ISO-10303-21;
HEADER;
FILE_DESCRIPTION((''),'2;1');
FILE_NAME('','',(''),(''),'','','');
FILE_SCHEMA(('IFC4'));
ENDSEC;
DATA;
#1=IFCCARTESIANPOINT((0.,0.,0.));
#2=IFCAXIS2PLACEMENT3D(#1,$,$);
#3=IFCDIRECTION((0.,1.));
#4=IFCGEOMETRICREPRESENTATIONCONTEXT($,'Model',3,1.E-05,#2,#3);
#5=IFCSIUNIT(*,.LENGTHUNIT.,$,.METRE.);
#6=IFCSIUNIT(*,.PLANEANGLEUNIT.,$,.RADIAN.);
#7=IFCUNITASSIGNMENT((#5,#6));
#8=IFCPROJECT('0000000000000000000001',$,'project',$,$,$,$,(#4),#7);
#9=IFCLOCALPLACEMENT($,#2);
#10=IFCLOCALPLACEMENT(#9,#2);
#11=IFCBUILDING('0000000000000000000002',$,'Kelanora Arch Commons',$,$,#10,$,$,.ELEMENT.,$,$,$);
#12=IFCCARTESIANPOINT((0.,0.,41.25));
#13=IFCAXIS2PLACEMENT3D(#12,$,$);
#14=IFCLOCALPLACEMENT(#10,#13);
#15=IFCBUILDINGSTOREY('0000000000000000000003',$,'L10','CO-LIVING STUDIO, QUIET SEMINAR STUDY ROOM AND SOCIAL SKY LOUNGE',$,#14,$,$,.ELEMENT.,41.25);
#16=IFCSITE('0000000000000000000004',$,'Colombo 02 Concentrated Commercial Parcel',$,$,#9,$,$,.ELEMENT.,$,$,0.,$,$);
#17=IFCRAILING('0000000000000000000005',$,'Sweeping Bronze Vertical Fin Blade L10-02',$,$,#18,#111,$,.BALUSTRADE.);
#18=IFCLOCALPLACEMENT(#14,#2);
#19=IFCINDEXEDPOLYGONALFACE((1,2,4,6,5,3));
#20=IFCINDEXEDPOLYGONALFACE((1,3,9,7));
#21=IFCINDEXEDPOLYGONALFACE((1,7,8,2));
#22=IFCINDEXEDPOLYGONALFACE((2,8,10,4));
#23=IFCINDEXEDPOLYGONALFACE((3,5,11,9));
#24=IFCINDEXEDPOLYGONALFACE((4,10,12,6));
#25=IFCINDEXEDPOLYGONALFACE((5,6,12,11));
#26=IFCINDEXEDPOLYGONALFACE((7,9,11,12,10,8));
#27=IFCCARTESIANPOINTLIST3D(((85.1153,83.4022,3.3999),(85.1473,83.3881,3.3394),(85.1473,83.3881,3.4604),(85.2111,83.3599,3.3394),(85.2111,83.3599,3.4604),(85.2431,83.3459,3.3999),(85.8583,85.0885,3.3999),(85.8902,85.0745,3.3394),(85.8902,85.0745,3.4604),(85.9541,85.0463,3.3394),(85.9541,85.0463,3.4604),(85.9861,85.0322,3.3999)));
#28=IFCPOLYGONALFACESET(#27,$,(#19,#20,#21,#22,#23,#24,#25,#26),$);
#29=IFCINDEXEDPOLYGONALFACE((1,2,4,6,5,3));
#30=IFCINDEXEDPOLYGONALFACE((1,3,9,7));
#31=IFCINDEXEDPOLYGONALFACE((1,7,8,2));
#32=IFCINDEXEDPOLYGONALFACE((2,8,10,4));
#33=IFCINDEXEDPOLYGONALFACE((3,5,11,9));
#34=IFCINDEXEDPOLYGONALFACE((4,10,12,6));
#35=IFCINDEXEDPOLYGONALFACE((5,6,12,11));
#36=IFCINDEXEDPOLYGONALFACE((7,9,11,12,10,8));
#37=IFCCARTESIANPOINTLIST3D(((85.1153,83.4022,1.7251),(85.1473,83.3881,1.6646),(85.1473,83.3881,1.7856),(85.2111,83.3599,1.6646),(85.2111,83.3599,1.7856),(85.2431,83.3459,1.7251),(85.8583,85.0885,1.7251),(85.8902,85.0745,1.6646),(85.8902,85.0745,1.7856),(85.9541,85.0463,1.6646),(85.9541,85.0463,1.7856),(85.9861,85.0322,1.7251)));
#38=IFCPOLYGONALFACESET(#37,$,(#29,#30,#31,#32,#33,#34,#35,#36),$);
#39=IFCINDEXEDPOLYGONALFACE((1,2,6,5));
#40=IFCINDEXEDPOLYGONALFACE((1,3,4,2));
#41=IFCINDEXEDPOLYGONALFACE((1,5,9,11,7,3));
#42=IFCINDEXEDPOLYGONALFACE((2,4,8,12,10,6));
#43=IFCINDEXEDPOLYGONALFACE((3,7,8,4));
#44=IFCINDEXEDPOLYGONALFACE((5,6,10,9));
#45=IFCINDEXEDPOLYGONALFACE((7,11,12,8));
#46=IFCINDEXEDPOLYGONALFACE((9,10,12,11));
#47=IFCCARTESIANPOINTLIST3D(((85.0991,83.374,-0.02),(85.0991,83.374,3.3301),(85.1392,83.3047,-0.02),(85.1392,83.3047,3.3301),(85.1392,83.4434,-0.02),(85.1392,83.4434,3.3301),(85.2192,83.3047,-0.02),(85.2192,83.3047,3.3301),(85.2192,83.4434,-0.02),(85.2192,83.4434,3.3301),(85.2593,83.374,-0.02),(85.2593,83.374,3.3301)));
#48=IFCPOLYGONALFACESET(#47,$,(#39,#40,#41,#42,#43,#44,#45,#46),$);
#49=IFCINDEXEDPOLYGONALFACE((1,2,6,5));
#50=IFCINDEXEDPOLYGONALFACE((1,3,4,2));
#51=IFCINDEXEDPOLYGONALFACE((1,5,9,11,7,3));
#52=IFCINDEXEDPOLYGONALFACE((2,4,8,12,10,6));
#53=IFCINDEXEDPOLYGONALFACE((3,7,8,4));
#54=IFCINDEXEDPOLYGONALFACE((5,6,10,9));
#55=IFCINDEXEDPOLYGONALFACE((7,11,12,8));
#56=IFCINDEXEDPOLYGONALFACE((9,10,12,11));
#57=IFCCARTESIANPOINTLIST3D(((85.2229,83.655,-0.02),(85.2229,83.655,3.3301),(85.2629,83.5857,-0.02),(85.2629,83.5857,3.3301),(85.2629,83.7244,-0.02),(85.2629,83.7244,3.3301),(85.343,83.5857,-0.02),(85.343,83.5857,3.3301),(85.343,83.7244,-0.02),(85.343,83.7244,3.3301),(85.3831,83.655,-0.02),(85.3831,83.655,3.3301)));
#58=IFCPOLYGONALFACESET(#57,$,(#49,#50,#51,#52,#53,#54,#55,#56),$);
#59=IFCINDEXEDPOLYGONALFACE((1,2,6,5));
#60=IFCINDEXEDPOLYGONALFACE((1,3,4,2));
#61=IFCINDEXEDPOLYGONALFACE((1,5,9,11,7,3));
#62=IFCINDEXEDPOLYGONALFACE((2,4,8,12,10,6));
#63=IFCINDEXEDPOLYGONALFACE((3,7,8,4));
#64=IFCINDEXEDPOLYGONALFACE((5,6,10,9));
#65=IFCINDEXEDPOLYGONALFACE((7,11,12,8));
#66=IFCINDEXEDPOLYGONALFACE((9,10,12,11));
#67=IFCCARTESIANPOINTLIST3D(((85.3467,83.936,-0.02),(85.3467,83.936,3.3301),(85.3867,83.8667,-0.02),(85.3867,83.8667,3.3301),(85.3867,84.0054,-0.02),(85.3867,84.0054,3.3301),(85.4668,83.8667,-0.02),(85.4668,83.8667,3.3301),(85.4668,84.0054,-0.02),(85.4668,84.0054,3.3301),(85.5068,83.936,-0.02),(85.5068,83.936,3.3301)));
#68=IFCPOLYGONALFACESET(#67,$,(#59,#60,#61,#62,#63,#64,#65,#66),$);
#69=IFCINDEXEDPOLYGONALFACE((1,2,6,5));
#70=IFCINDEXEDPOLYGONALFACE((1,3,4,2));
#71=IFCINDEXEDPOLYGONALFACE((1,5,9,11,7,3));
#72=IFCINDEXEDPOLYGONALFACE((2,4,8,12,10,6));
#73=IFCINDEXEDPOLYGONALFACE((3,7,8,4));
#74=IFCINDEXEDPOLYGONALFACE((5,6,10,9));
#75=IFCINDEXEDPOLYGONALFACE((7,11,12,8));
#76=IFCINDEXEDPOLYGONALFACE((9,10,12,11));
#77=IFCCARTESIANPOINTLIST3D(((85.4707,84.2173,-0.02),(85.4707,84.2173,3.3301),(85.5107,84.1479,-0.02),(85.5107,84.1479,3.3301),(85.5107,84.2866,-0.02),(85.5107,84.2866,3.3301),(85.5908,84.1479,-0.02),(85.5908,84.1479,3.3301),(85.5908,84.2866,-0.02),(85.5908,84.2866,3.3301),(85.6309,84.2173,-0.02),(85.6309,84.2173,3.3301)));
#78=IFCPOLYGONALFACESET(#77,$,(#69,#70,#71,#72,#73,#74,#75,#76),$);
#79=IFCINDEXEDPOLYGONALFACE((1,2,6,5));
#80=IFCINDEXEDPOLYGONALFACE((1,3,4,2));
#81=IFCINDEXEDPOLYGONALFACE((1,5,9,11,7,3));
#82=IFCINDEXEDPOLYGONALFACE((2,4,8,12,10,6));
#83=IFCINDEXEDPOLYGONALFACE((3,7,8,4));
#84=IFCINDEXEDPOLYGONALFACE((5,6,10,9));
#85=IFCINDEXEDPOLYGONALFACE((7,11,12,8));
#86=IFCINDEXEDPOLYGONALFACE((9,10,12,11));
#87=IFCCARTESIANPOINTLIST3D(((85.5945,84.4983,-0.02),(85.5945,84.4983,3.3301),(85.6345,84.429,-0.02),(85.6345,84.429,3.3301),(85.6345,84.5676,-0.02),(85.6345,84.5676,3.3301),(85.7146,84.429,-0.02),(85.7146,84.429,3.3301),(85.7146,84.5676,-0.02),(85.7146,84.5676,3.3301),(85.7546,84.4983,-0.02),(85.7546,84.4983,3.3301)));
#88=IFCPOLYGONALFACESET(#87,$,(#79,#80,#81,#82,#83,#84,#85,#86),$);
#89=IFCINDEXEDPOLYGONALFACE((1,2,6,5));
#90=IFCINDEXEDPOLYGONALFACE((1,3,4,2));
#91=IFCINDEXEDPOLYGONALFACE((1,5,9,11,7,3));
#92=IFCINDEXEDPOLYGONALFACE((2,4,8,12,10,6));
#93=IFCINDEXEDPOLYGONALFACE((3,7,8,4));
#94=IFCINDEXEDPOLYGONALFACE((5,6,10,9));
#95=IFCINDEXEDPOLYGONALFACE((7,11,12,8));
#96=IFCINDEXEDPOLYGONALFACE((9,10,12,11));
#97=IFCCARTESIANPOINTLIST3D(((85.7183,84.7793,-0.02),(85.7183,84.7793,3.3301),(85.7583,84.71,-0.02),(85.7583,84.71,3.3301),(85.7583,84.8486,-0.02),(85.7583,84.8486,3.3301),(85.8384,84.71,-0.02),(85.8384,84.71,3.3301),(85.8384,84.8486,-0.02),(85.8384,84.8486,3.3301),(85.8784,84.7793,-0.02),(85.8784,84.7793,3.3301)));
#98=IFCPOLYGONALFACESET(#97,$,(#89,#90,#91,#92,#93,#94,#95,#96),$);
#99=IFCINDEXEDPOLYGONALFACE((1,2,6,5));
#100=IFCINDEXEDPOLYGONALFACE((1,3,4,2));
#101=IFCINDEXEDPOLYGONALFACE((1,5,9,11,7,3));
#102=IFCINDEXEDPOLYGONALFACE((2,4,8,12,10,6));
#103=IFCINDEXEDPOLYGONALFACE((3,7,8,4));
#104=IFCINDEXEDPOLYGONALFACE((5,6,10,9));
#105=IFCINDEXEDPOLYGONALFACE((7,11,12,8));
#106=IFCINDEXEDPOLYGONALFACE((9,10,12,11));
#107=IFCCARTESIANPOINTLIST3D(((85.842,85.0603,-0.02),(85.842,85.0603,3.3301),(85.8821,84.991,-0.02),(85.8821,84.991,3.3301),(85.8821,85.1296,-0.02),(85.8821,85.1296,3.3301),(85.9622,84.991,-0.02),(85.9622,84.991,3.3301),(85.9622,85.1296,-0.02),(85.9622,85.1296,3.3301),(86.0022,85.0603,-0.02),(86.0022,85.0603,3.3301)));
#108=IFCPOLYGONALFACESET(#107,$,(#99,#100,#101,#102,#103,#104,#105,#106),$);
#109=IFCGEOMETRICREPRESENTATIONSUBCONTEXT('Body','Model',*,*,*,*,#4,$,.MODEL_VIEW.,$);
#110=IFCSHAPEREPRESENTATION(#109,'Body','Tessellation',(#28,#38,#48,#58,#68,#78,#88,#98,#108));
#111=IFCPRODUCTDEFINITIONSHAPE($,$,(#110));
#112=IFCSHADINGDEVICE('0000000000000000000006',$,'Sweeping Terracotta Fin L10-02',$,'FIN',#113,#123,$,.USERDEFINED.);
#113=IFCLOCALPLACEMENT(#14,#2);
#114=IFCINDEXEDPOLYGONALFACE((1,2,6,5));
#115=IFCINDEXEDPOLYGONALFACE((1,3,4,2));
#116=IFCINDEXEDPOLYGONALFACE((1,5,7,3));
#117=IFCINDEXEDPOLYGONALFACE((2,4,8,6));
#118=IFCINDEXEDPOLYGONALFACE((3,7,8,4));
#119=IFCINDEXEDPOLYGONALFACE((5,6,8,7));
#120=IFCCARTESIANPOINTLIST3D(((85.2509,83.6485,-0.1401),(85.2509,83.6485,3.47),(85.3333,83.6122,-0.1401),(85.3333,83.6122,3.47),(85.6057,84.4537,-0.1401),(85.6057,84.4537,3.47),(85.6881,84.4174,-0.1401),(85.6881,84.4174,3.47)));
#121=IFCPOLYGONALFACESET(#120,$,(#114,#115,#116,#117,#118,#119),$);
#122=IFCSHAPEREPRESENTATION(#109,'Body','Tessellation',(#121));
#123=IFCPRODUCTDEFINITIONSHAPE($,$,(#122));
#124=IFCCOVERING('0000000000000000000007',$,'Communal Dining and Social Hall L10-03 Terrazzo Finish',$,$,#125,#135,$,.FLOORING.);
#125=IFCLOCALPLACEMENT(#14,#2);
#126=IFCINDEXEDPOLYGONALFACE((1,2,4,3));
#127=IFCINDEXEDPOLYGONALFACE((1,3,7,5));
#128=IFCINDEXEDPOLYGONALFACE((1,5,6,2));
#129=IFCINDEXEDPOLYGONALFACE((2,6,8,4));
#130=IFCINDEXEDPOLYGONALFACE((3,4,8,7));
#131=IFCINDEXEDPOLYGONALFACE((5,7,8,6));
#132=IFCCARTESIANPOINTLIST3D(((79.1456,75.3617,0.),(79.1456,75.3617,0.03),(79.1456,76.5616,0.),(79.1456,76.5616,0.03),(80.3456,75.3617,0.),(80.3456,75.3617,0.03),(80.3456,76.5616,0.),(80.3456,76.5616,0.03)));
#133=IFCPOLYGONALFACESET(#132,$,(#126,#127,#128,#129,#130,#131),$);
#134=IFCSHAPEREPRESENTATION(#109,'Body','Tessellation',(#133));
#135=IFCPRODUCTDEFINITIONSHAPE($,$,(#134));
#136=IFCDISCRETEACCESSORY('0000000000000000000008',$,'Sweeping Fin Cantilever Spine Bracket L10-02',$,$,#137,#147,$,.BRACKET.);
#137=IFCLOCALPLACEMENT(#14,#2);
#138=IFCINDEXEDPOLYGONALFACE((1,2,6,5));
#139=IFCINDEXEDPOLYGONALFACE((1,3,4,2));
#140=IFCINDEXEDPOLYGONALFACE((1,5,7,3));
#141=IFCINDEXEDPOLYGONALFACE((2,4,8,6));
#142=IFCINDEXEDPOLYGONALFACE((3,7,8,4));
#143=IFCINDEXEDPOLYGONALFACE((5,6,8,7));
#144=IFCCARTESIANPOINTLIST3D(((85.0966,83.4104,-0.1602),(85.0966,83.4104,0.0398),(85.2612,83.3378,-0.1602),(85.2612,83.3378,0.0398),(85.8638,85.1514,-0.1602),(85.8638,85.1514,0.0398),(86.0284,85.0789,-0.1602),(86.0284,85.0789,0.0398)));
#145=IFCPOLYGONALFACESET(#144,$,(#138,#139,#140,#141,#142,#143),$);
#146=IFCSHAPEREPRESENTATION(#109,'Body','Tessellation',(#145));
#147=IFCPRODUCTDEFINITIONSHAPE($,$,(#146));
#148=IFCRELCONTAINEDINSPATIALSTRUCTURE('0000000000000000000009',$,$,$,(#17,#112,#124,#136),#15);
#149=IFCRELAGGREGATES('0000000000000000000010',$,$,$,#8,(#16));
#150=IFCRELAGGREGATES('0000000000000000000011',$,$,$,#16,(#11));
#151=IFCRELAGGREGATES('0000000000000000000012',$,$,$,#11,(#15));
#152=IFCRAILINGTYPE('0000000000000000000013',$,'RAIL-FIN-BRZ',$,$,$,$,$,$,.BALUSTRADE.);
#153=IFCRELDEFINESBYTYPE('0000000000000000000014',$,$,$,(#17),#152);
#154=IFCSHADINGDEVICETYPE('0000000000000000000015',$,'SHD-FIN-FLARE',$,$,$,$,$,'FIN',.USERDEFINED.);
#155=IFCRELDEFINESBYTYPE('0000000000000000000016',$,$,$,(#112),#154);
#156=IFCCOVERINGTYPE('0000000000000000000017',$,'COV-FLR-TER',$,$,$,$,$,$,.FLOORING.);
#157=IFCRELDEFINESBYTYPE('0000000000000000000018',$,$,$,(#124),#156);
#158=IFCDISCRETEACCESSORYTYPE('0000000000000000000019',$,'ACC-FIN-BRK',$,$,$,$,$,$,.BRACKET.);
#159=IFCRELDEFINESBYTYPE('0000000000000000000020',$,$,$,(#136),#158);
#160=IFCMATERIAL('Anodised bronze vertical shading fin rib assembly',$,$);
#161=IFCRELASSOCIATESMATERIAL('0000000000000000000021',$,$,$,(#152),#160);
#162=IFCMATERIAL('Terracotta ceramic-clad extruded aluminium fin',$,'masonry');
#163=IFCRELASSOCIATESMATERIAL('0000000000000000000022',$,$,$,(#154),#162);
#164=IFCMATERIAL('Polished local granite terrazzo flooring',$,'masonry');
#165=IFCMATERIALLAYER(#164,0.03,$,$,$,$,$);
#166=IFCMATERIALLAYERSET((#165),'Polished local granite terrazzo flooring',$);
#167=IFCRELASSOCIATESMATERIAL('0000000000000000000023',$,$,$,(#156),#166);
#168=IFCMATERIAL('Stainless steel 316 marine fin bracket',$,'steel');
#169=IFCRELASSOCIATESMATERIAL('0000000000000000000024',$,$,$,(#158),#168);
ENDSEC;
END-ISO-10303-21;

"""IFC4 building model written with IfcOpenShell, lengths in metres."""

from ifc_helpers import new_model, si_unit, direction, frame, origin, origin_2d, place, context, subcontext, project, spatial, polyline, rectangle, outline, extrude, source, transform, mapped, material, layer, layer_set, type_object, element, save


model = new_model("IFC4")

# Units and contexts
model_context = context("Model", 3, precision=1e-05, world=origin(), true_north=direction((0.0, 1.0)))
body_context = subcontext(model_context, "Body", "Model", "MODEL_VIEW")
ifc_project = project(units=[si_unit("LENGTHUNIT", "METRE"), si_unit("PLANEANGLEUNIT", "RADIAN")], contexts=[model_context])

# Site, building, storey
site_placement = place(None, origin())
site = spatial("IfcSite", under=ifc_project, at=site_placement, Name="Colombo 02 Concentrated Commercial Parcel", CompositionType="ELEMENT", RefElevation=0.0)
building_placement = place(site_placement, origin())
building = spatial("IfcBuilding", under=site, at=building_placement, Name="Kelanora Arch Commons", CompositionType="ELEMENT")
storey_placement = place(building_placement, frame((0.0, 0.0, 41.25)))
storey = spatial("IfcBuildingStorey", under=building, at=storey_placement, Name="L10", Description="CO-LIVING STUDIO, QUIET SEMINAR STUDY ROOM AND SOCIAL SKY LOUNGE", CompositionType="ELEMENT", Elevation=41.25)

# Railing
ifc_material_1 = material(Name="Anodised bronze vertical shading fin rib assembly")
railing_type = type_object("IfcRailingType", Name="RAIL-FIN-BRZ", PredefinedType="BALUSTRADE", material=ifc_material_1)
railing_placement = place(storey_placement, frame((85.1792, 83.374, -0.02)))
element("IfcRailing", 1, at=railing_placement, inside=storey, type_object=railing_type, Name="Sweeping Bronze Vertical Fin Blade L10-02", PredefinedType="BALUSTRADE", context=body_context, shape_type="SweptSolid", body=[
    extrude(outline(polyline([(0.0698, 0.0), (0.0349, 0.0605), (-0.0349, 0.0605), (-0.0698, 0.0), (-0.0349, -0.0605), (0.0349, -0.0605), (0.0698, 0.0)])), frame((0.0, 0.0, 3.4199), z_axis=(0.403174, 0.915123, 0.0), x_axis=(-0.915123, 0.403174, 0.0)), (0.0, 0.0, 1.0), 1.8428),
    extrude(outline(polyline([(0.0698, 0.0), (0.0349, 0.0605), (-0.0349, 0.0605), (-0.0698, 0.0), (-0.0349, -0.0605), (0.0349, -0.0605), (0.0698, 0.0)])), frame((0.0, 0.0, 1.7451), z_axis=(0.403174, 0.915123, 0.0), x_axis=(-0.915123, 0.403174, 0.0)), (0.0, 0.0, 1.0), 1.8428),
    extrude(outline(polyline([(0.0801, 0.0), (0.04, 0.0693), (-0.04, 0.0693), (-0.0801, 0.0), (-0.04, -0.0693), (0.04, -0.0693), (0.0801, 0.0)])), origin(), (0.0, 0.0, 1.0), 3.3501),
    extrude(outline(polyline([(0.0801, 0.0), (0.04, 0.0693), (-0.04, 0.0693), (-0.0801, 0.0), (-0.04, -0.0693), (0.04, -0.0693), (0.0801, 0.0)])), frame((0.1238, 0.281, 0.0)), (0.0, 0.0, 1.0), 3.3501),
    extrude(outline(polyline([(0.0801, 0.0), (0.04, 0.0693), (-0.04, 0.0693), (-0.0801, 0.0), (-0.04, -0.0693), (0.04, -0.0693), (0.0801, 0.0)])), frame((0.2476, 0.562, 0.0)), (0.0, 0.0, 1.0), 3.3501),
    extrude(outline(polyline([(0.0801, 0.0), (0.04, 0.0693), (-0.04, 0.0693), (-0.0801, 0.0), (-0.04, -0.0693), (0.04, -0.0693), (0.0801, 0.0)])), frame((0.3716, 0.8433, 0.0)), (0.0, 0.0, 1.0), 3.3501),
    extrude(outline(polyline([(0.0801, 0.0), (0.04, 0.0693), (-0.04, 0.0693), (-0.0801, 0.0), (-0.04, -0.0693), (0.04, -0.0693), (0.0801, 0.0)])), frame((0.4954, 1.1243, 0.0)), (0.0, 0.0, 1.0), 3.3501),
    extrude(outline(polyline([(0.0801, 0.0), (0.04, 0.0693), (-0.04, 0.0693), (-0.0801, 0.0), (-0.04, -0.0693), (0.04, -0.0693), (0.0801, 0.0)])), frame((0.6191, 1.4053, 0.0)), (0.0, 0.0, 1.0), 3.3501),
    extrude(outline(polyline([(0.0801, 0.0), (0.04, 0.0693), (-0.04, 0.0693), (-0.0801, 0.0), (-0.04, -0.0693), (0.04, -0.0693), (0.0801, 0.0)])), frame((0.7429, 1.6863, 0.0)), (0.0, 0.0, 1.0), 3.3501),
])

# Shading device
ifc_material_2 = material(Name="Terracotta ceramic-clad extruded aluminium fin", Category="masonry")
shading_device_type = type_object("IfcShadingDeviceType", Name="SHD-FIN-FLARE", ElementType="FIN", PredefinedType="USERDEFINED", material=ifc_material_2)
shared_shape_1 = source(origin(), body_context, "Body", "SweptSolid", [
    extrude(rectangle(XDim=0.8799, YDim=0.0901, at=origin_2d()), origin(), (0.0, 0.0, 1.0), 3.6101),
])
shading_device_placement = place(storey_placement, frame((85.4695, 84.033, -0.1401), z_axis=(0.0, 0.0, 1.0), x_axis=(0.403226, 0.9151, 0.0)))
element("IfcShadingDevice", 2, at=shading_device_placement, inside=storey, type_object=shading_device_type, Name="Sweeping Terracotta Fin L10-02", ObjectType="FIN", PredefinedType="USERDEFINED", context=body_context, shape_type="MappedRepresentation", body=[
    mapped(shared_shape_1, transform((0.0, 0.0, 0.0), scale=1.0)),
])

# Covering
ifc_material_3 = material(Name="Polished local granite terrazzo flooring", Category="masonry")
ifc_layer_1 = layer(ifc_material_3, 0.03)
ifc_layer_set_1 = layer_set([ifc_layer_1], Name="Polished local granite terrazzo flooring")
covering_type = type_object("IfcCoveringType", Name="COV-FLR-TER", PredefinedType="FLOORING", material=ifc_layer_set_1)
shared_shape_2 = source(origin(), body_context, "Body", "SweptSolid", [
    extrude(rectangle(XDim=1.2, YDim=1.2, at=origin_2d()), origin(), (0.0, 0.0, 1.0), 0.03),
])
covering_placement = place(storey_placement, frame((79.7456, 75.9617, 0.0), z_axis=(0.0, 0.0, 1.0), x_axis=(1.0, 0.0, 0.0)))
element("IfcCovering", 3, at=covering_placement, inside=storey, type_object=covering_type, Name="Communal Dining and Social Hall L10-03 Terrazzo Finish", PredefinedType="FLOORING", context=body_context, shape_type="MappedRepresentation", body=[
    mapped(shared_shape_2, transform((0.0, 0.0, 0.0), scale=1.0)),
])

# Discrete accessory
ifc_material_4 = material(Name="Stainless steel 316 marine fin bracket", Category="steel")
discrete_accessory_type = type_object("IfcDiscreteAccessoryType", Name="ACC-FIN-BRK", PredefinedType="BRACKET", material=ifc_material_4)
shared_shape_3 = source(origin(), body_context, "Body", "SweptSolid", [
    extrude(rectangle(XDim=1.9026, YDim=0.1799, at=origin_2d()), origin(), (0.0, 0.0, 1.0), 0.2),
])
discrete_accessory_placement = place(storey_placement, frame((85.5625, 84.2446, -0.1602), z_axis=(0.0, 0.0, 1.0), x_axis=(0.403226, 0.9151, 0.0)))
element("IfcDiscreteAccessory", 4, at=discrete_accessory_placement, inside=storey, type_object=discrete_accessory_type, Name="Sweeping Fin Cantilever Spine Bracket L10-02", PredefinedType="BRACKET", context=body_context, shape_type="MappedRepresentation", body=[
    mapped(shared_shape_3, transform((0.0, 0.0, 0.0), scale=1.0)),
])

save(model, "model.ifc")
